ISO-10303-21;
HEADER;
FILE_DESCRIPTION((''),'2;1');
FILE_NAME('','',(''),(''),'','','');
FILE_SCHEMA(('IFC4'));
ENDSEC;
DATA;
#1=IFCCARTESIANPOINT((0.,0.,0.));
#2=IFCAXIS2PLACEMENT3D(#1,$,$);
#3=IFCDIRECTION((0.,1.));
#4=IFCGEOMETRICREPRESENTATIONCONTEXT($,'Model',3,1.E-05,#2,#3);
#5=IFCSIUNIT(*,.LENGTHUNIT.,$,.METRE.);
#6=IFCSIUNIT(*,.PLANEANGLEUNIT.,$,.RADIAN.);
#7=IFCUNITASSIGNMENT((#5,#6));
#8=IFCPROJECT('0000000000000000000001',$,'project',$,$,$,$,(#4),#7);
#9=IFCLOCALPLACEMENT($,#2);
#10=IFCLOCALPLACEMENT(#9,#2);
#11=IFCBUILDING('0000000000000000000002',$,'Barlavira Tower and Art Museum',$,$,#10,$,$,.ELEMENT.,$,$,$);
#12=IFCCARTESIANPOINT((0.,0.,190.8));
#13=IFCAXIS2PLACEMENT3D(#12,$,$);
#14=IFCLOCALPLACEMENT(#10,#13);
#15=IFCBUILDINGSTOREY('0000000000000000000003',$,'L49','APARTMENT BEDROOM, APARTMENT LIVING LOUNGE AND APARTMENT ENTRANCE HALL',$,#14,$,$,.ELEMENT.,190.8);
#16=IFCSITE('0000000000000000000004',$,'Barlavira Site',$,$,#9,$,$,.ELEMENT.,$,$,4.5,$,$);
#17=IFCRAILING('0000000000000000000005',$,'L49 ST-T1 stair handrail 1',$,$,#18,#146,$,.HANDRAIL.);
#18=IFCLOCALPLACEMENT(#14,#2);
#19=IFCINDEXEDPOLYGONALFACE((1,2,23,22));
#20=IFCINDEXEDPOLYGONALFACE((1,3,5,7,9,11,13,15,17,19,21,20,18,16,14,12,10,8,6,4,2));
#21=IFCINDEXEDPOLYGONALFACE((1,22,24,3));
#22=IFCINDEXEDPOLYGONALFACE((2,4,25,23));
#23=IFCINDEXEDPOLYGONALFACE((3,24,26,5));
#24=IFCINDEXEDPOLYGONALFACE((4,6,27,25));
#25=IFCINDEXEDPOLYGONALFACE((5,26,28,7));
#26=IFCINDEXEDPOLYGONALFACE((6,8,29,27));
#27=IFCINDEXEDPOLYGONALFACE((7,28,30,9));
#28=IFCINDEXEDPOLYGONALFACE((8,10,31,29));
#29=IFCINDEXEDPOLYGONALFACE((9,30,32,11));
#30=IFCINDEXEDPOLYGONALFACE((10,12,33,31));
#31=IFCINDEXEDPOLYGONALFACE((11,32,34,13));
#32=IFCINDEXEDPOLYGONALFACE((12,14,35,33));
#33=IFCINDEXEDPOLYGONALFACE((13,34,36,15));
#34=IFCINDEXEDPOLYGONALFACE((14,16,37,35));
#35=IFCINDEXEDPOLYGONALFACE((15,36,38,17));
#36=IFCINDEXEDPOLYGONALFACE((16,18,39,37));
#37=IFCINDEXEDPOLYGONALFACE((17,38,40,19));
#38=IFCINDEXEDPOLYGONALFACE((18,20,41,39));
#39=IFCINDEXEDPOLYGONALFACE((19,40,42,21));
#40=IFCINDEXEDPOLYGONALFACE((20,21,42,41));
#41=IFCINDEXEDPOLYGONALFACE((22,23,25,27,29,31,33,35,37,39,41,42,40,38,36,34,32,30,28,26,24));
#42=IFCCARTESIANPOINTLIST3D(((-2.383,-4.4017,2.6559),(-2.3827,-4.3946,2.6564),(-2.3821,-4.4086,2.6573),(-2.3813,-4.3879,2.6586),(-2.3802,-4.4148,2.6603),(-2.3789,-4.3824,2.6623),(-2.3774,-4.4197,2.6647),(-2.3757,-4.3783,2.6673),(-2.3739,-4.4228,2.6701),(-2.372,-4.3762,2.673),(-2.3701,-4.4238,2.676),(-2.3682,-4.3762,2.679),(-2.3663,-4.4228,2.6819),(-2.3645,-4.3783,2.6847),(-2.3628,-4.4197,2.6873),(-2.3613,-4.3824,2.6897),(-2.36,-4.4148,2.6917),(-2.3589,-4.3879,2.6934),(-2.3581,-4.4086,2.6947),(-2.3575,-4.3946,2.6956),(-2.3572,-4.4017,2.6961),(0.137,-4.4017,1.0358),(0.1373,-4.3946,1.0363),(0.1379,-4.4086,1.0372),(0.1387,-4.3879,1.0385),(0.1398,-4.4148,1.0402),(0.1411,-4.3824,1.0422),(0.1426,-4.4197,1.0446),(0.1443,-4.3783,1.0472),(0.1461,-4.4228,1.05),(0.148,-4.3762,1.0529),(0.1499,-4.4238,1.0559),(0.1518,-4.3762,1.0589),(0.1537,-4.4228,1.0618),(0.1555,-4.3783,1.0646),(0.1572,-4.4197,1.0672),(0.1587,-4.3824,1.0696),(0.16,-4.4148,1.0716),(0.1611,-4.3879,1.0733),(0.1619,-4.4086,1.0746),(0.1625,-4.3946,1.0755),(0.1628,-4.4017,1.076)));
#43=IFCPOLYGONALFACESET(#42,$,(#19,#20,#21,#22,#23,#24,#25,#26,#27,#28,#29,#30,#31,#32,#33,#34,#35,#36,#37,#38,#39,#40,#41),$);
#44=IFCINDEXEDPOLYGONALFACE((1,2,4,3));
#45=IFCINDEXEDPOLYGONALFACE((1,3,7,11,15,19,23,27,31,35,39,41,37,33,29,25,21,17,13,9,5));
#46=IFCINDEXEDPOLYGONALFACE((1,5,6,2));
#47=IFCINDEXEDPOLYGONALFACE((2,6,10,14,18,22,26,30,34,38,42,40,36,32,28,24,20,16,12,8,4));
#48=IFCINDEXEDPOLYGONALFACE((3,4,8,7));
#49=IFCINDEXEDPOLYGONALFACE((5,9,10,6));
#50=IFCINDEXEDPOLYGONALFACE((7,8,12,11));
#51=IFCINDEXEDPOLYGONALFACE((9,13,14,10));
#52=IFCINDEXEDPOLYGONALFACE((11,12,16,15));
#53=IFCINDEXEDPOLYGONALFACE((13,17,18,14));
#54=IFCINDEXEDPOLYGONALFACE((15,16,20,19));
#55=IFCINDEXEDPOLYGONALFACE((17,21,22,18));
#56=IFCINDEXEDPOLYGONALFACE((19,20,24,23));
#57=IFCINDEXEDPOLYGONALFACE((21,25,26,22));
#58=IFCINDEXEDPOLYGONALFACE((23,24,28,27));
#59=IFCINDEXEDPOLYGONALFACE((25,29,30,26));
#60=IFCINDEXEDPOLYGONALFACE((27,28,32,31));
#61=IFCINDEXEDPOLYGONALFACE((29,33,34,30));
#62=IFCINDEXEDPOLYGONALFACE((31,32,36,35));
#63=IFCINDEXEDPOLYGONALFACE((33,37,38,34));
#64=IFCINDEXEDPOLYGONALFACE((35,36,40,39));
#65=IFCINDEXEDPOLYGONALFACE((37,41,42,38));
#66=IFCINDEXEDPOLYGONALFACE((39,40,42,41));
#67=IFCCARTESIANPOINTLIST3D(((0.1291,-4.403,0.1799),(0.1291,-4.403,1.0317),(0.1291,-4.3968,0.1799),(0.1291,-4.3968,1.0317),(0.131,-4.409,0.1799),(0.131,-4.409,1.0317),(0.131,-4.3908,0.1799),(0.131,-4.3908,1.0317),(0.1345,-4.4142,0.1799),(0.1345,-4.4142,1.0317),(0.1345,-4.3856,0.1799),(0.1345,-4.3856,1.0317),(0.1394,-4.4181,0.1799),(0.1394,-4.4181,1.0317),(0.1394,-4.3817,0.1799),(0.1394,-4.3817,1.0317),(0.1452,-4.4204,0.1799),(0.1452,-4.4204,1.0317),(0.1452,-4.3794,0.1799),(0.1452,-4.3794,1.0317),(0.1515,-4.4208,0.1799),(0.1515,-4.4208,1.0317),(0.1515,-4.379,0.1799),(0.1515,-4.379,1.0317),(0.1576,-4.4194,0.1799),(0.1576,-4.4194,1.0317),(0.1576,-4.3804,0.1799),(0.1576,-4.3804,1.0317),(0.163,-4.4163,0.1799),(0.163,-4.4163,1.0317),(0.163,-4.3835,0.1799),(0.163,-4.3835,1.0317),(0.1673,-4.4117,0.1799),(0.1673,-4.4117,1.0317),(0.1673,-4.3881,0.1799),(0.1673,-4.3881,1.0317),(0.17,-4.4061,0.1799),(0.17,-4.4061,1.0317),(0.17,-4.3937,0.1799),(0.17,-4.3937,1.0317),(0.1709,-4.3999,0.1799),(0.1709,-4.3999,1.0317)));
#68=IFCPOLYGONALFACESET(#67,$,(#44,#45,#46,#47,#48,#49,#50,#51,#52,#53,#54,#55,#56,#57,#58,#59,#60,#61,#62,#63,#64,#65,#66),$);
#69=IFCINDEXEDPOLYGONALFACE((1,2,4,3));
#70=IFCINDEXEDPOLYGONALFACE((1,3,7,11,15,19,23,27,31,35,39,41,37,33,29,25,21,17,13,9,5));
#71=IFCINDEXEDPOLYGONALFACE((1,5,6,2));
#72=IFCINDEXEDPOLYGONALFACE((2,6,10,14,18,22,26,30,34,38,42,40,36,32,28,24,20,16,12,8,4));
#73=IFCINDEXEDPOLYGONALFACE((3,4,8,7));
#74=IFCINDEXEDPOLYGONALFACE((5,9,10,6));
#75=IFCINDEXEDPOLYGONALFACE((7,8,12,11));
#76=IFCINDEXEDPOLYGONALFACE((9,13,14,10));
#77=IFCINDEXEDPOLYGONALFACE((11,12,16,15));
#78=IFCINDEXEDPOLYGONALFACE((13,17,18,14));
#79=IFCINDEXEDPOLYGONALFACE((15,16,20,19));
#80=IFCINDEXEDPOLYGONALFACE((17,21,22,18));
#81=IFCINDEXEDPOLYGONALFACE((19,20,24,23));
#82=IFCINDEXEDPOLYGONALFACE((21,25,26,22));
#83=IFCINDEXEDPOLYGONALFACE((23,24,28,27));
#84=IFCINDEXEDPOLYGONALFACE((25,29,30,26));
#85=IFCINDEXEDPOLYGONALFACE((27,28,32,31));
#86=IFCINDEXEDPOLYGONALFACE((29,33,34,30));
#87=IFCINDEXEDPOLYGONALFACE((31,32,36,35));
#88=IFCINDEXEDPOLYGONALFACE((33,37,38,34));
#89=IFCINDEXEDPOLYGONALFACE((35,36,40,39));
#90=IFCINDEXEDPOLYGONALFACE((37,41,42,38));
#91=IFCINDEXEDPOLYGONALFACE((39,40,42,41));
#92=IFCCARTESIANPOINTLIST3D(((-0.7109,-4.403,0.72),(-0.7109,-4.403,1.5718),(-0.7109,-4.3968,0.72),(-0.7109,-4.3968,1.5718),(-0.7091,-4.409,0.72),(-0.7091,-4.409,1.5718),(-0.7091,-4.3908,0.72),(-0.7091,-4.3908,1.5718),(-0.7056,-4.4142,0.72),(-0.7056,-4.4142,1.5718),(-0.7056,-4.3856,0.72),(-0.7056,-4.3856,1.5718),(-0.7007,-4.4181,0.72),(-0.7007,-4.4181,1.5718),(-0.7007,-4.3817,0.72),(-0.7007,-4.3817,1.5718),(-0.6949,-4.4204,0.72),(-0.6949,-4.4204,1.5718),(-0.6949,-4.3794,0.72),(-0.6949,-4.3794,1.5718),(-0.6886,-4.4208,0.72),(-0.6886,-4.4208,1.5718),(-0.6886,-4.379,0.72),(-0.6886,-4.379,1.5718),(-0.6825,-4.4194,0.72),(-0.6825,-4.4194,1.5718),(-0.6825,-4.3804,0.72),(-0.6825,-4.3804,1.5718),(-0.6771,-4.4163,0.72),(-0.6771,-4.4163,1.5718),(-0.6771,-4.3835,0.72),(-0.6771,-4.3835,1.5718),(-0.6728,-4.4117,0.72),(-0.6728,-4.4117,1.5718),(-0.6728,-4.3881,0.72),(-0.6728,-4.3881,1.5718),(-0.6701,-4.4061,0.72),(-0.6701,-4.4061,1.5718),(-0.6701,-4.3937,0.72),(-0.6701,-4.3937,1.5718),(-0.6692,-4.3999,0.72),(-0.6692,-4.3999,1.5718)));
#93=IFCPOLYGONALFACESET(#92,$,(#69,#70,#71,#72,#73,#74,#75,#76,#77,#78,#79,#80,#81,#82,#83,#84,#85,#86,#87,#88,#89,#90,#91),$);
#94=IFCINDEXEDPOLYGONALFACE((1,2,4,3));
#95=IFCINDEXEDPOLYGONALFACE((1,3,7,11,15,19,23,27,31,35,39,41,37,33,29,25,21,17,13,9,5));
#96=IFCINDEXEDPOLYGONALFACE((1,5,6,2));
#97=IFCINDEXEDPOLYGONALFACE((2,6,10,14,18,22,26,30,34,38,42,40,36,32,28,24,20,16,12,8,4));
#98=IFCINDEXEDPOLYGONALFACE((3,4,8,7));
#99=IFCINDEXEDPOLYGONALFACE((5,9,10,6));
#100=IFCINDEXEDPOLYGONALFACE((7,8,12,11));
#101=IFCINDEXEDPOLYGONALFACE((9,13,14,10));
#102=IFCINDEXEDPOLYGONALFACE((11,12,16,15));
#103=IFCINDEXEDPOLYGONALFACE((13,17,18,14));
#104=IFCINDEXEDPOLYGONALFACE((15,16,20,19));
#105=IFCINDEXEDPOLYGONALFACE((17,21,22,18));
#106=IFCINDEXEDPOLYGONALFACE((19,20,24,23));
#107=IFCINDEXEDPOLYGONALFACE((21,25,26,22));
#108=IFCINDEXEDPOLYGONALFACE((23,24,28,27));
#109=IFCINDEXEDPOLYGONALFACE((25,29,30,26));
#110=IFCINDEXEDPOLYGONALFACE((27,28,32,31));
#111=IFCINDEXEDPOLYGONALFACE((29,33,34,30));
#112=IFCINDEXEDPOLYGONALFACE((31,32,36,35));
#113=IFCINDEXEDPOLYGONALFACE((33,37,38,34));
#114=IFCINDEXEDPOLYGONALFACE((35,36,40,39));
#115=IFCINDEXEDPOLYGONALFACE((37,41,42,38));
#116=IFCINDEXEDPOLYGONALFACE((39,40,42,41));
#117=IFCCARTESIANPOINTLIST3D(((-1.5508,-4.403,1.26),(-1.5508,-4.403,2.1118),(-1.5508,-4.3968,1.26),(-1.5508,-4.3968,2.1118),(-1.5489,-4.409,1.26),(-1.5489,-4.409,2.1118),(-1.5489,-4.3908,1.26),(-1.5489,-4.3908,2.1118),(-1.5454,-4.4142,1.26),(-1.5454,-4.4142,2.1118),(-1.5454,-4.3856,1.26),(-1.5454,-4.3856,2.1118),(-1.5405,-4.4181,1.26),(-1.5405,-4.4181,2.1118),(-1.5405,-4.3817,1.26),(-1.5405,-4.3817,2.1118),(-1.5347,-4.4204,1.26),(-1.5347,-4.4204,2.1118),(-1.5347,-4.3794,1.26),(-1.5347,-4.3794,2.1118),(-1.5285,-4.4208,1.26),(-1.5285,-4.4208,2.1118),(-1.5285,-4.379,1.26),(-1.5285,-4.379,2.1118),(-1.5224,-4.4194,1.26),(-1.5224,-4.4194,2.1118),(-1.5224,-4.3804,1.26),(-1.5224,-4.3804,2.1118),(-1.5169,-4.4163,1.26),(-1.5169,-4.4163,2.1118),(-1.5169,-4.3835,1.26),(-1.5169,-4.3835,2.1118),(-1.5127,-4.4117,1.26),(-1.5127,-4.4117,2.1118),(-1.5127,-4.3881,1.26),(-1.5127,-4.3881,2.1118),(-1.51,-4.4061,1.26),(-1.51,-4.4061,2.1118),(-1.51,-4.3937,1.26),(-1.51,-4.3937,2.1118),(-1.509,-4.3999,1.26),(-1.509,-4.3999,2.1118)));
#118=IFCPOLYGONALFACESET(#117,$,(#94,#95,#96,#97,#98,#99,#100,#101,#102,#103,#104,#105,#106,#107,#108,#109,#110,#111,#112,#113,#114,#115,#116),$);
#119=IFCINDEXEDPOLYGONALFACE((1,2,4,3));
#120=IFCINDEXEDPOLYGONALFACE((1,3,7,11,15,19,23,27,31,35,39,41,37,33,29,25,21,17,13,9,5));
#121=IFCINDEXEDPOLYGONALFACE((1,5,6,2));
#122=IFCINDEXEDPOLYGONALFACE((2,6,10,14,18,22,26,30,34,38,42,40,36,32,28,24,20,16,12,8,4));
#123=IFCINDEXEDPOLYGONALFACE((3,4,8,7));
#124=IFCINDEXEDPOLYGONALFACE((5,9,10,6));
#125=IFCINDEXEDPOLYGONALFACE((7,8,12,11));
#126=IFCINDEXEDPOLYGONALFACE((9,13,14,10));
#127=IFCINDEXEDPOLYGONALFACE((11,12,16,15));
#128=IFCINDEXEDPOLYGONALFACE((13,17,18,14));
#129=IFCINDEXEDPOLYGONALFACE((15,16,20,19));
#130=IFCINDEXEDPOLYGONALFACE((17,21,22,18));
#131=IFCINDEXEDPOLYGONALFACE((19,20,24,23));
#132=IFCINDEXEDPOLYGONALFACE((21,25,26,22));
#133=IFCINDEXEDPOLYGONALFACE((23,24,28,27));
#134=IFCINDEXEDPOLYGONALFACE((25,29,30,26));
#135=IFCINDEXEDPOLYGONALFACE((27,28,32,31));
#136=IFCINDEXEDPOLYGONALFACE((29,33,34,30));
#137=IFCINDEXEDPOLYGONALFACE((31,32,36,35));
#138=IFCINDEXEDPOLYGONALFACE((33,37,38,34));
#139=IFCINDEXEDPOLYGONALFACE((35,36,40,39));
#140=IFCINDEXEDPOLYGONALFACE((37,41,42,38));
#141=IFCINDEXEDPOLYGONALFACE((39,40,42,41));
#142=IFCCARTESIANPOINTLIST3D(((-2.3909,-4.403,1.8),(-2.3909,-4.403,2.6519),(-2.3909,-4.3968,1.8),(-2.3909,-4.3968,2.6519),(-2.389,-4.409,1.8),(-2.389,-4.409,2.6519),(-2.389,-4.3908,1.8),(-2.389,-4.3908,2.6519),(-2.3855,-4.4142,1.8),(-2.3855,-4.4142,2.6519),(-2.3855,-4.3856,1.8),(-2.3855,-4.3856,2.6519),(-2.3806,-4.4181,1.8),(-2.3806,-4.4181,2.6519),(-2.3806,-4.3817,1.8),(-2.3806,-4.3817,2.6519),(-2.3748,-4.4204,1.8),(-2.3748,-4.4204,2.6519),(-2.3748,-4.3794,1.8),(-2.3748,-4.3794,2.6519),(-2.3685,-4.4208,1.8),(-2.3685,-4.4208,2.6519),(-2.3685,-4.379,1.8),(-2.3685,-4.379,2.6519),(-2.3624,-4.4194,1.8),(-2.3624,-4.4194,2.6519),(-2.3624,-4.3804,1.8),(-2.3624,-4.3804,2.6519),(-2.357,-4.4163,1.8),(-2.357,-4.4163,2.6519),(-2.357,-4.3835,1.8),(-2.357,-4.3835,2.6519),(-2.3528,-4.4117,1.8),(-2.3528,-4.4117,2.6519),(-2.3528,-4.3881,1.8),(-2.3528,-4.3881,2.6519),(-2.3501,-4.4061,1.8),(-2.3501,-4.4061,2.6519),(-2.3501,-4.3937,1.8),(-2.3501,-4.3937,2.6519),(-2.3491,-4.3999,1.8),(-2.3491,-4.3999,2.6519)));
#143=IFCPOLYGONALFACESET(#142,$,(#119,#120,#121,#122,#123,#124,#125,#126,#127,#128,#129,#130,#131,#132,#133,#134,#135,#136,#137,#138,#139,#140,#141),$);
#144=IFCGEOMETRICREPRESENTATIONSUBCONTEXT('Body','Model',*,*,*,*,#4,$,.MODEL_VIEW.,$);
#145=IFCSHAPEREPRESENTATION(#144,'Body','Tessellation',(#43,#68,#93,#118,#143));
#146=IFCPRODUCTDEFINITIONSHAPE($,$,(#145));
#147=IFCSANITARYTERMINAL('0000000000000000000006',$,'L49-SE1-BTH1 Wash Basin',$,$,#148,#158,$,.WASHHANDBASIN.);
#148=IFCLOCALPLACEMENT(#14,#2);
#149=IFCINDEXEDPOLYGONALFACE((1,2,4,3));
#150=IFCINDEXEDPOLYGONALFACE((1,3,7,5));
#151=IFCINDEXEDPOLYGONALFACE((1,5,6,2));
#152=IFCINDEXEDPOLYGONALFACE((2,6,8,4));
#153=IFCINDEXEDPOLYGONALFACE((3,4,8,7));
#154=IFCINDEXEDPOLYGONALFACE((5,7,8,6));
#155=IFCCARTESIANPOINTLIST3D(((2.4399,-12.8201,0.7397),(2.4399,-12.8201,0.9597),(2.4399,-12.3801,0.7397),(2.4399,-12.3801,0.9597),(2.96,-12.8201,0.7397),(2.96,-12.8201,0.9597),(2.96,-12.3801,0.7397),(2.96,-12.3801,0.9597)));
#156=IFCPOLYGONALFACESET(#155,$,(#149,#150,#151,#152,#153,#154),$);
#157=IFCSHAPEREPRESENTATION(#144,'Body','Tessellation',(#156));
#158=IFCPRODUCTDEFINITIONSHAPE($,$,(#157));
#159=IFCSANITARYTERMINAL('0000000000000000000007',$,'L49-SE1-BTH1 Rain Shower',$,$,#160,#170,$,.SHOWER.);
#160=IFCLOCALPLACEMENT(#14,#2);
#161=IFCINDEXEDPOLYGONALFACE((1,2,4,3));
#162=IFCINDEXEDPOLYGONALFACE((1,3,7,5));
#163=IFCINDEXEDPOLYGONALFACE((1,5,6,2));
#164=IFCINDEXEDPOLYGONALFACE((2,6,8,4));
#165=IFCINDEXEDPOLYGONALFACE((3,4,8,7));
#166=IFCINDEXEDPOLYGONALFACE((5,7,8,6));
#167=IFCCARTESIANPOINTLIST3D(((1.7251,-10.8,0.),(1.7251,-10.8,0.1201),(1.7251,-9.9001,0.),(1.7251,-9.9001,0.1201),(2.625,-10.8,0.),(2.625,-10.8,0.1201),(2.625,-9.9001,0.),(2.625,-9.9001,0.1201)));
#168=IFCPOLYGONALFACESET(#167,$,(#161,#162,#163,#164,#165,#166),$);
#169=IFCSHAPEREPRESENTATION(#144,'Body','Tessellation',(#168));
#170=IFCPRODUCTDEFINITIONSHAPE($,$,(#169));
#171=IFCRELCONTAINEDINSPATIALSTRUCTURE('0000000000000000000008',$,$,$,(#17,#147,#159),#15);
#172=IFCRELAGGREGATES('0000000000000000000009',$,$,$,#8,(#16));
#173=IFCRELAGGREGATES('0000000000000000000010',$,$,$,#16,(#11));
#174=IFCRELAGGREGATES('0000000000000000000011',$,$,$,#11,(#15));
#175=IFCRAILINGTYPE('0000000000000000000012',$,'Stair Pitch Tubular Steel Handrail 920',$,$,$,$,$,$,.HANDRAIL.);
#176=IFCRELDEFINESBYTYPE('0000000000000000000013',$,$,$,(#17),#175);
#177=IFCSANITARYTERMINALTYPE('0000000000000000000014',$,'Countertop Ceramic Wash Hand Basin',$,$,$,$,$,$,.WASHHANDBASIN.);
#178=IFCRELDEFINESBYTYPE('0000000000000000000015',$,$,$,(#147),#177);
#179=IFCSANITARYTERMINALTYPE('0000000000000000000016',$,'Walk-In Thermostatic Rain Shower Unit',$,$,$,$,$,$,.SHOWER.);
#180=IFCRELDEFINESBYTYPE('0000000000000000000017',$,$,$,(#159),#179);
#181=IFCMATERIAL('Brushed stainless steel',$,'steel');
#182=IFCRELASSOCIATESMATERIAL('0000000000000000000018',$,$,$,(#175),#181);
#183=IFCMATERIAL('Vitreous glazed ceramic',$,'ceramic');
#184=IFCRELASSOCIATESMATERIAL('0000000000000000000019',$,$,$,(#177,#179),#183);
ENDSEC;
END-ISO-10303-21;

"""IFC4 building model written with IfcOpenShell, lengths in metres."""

from ifc_helpers import new_model, si_unit, direction, frame, origin, origin_2d, place, context, subcontext, project, spatial, rectangle, circle, extrude, material, type_object, element, save


model = new_model("IFC4")

# Units and contexts
model_context = context("Model", 3, precision=1e-05, world=origin(), true_north=direction((0.0, 1.0)))
body_context = subcontext(model_context, "Body", "Model", "MODEL_VIEW")
ifc_project = project(units=[si_unit("LENGTHUNIT", "METRE"), si_unit("PLANEANGLEUNIT", "RADIAN")], contexts=[model_context])

# Site, building, storey
site_placement = place(None, origin())
site = spatial("IfcSite", under=ifc_project, at=site_placement, Name="Barlavira Site", CompositionType="ELEMENT", RefElevation=4.5)
building_placement = place(site_placement, origin())
building = spatial("IfcBuilding", under=site, at=building_placement, Name="Barlavira Tower and Art Museum", CompositionType="ELEMENT")
storey_placement = place(building_placement, frame((0.0, 0.0, 190.8)))
storey = spatial("IfcBuildingStorey", under=building, at=storey_placement, Name="L49", Description="APARTMENT BEDROOM, APARTMENT LIVING LOUNGE AND APARTMENT ENTRANCE HALL", CompositionType="ELEMENT", Elevation=190.8)

# Shared definitions
ifc_material_1 = material(Name="Brushed stainless steel", Category="steel")

# Railing
railing_type_1 = type_object("IfcRailingType", Name="Stair Pitch Tubular Steel Handrail 920", PredefinedType="HANDRAIL", material=ifc_material_1)
railing_1_placement = place(storey_placement, frame((0.1499, -4.3999, 0.1799)))
element("IfcRailing", 1, at=railing_1_placement, inside=storey, type_object=railing_type_1, Name="L49 ST-T1 stair handrail 1", PredefinedType="HANDRAIL", context=body_context, shape_type="SweptSolid", body=[
    extrude(circle(Radius=0.0239, at=origin_2d()), frame((0.0, 0.0, 0.876), z_axis=(-0.841163, 0.0, 0.540782), x_axis=(0.0, -1.0, 0.0)), (0.0, 0.0, 1.0), 2.9958),
    extrude(circle(Radius=0.021, at=origin_2d()), origin(), (0.0, 0.0, 1.0), 0.8518),
    extrude(circle(Radius=0.021, at=origin_2d()), frame((-0.8401, 0.0, 0.54)), (0.0, 0.0, 1.0), 0.8518),
    extrude(circle(Radius=0.021, at=origin_2d()), frame((-1.6799, 0.0, 1.0801)), (0.0, 0.0, 1.0), 0.8518),
    extrude(circle(Radius=0.021, at=origin_2d()), frame((-2.52, 0.0, 1.6201)), (0.0, 0.0, 1.0), 0.8518),
])

# Sanitary terminals
ifc_material_2 = material(Name="Vitreous glazed ceramic", Category="ceramic")
sanitary_terminal_type_1 = type_object("IfcSanitaryTerminalType", Name="Countertop Ceramic Wash Hand Basin", PredefinedType="WASHHANDBASIN", material=ifc_material_2)
sanitary_terminal_1_placement = place(storey_placement, frame((2.7, -12.6001, 0.7397), z_axis=(0.0, 0.0, 1.0), x_axis=(1.0, 0.0, 0.0)))
element("IfcSanitaryTerminal", 2, at=sanitary_terminal_1_placement, inside=storey, type_object=sanitary_terminal_type_1, Name="L49-SE1-BTH1 Wash Basin", PredefinedType="WASHHANDBASIN", context=body_context, shape_type="SweptSolid", body=[
    extrude(rectangle(XDim=0.52, YDim=0.4399, at=origin_2d()), origin(), (0.0, 0.0, 1.0), 0.22),
])
sanitary_terminal_type_2 = type_object("IfcSanitaryTerminalType", Name="Walk-In Thermostatic Rain Shower Unit", PredefinedType="SHOWER", material=ifc_material_2)
sanitary_terminal_2_placement = place(storey_placement, frame((2.175, -10.3501, 0.0), z_axis=(0.0, 0.0, 1.0), x_axis=(1.0, 0.0, 0.0)))
element("IfcSanitaryTerminal", 3, at=sanitary_terminal_2_placement, inside=storey, type_object=sanitary_terminal_type_2, Name="L49-SE1-BTH1 Rain Shower", PredefinedType="SHOWER", context=body_context, shape_type="SweptSolid", body=[
    extrude(rectangle(XDim=0.8999, YDim=0.8999, at=origin_2d()), origin(), (0.0, 0.0, 1.0), 0.1201),
])

save(model, "model.ifc")
